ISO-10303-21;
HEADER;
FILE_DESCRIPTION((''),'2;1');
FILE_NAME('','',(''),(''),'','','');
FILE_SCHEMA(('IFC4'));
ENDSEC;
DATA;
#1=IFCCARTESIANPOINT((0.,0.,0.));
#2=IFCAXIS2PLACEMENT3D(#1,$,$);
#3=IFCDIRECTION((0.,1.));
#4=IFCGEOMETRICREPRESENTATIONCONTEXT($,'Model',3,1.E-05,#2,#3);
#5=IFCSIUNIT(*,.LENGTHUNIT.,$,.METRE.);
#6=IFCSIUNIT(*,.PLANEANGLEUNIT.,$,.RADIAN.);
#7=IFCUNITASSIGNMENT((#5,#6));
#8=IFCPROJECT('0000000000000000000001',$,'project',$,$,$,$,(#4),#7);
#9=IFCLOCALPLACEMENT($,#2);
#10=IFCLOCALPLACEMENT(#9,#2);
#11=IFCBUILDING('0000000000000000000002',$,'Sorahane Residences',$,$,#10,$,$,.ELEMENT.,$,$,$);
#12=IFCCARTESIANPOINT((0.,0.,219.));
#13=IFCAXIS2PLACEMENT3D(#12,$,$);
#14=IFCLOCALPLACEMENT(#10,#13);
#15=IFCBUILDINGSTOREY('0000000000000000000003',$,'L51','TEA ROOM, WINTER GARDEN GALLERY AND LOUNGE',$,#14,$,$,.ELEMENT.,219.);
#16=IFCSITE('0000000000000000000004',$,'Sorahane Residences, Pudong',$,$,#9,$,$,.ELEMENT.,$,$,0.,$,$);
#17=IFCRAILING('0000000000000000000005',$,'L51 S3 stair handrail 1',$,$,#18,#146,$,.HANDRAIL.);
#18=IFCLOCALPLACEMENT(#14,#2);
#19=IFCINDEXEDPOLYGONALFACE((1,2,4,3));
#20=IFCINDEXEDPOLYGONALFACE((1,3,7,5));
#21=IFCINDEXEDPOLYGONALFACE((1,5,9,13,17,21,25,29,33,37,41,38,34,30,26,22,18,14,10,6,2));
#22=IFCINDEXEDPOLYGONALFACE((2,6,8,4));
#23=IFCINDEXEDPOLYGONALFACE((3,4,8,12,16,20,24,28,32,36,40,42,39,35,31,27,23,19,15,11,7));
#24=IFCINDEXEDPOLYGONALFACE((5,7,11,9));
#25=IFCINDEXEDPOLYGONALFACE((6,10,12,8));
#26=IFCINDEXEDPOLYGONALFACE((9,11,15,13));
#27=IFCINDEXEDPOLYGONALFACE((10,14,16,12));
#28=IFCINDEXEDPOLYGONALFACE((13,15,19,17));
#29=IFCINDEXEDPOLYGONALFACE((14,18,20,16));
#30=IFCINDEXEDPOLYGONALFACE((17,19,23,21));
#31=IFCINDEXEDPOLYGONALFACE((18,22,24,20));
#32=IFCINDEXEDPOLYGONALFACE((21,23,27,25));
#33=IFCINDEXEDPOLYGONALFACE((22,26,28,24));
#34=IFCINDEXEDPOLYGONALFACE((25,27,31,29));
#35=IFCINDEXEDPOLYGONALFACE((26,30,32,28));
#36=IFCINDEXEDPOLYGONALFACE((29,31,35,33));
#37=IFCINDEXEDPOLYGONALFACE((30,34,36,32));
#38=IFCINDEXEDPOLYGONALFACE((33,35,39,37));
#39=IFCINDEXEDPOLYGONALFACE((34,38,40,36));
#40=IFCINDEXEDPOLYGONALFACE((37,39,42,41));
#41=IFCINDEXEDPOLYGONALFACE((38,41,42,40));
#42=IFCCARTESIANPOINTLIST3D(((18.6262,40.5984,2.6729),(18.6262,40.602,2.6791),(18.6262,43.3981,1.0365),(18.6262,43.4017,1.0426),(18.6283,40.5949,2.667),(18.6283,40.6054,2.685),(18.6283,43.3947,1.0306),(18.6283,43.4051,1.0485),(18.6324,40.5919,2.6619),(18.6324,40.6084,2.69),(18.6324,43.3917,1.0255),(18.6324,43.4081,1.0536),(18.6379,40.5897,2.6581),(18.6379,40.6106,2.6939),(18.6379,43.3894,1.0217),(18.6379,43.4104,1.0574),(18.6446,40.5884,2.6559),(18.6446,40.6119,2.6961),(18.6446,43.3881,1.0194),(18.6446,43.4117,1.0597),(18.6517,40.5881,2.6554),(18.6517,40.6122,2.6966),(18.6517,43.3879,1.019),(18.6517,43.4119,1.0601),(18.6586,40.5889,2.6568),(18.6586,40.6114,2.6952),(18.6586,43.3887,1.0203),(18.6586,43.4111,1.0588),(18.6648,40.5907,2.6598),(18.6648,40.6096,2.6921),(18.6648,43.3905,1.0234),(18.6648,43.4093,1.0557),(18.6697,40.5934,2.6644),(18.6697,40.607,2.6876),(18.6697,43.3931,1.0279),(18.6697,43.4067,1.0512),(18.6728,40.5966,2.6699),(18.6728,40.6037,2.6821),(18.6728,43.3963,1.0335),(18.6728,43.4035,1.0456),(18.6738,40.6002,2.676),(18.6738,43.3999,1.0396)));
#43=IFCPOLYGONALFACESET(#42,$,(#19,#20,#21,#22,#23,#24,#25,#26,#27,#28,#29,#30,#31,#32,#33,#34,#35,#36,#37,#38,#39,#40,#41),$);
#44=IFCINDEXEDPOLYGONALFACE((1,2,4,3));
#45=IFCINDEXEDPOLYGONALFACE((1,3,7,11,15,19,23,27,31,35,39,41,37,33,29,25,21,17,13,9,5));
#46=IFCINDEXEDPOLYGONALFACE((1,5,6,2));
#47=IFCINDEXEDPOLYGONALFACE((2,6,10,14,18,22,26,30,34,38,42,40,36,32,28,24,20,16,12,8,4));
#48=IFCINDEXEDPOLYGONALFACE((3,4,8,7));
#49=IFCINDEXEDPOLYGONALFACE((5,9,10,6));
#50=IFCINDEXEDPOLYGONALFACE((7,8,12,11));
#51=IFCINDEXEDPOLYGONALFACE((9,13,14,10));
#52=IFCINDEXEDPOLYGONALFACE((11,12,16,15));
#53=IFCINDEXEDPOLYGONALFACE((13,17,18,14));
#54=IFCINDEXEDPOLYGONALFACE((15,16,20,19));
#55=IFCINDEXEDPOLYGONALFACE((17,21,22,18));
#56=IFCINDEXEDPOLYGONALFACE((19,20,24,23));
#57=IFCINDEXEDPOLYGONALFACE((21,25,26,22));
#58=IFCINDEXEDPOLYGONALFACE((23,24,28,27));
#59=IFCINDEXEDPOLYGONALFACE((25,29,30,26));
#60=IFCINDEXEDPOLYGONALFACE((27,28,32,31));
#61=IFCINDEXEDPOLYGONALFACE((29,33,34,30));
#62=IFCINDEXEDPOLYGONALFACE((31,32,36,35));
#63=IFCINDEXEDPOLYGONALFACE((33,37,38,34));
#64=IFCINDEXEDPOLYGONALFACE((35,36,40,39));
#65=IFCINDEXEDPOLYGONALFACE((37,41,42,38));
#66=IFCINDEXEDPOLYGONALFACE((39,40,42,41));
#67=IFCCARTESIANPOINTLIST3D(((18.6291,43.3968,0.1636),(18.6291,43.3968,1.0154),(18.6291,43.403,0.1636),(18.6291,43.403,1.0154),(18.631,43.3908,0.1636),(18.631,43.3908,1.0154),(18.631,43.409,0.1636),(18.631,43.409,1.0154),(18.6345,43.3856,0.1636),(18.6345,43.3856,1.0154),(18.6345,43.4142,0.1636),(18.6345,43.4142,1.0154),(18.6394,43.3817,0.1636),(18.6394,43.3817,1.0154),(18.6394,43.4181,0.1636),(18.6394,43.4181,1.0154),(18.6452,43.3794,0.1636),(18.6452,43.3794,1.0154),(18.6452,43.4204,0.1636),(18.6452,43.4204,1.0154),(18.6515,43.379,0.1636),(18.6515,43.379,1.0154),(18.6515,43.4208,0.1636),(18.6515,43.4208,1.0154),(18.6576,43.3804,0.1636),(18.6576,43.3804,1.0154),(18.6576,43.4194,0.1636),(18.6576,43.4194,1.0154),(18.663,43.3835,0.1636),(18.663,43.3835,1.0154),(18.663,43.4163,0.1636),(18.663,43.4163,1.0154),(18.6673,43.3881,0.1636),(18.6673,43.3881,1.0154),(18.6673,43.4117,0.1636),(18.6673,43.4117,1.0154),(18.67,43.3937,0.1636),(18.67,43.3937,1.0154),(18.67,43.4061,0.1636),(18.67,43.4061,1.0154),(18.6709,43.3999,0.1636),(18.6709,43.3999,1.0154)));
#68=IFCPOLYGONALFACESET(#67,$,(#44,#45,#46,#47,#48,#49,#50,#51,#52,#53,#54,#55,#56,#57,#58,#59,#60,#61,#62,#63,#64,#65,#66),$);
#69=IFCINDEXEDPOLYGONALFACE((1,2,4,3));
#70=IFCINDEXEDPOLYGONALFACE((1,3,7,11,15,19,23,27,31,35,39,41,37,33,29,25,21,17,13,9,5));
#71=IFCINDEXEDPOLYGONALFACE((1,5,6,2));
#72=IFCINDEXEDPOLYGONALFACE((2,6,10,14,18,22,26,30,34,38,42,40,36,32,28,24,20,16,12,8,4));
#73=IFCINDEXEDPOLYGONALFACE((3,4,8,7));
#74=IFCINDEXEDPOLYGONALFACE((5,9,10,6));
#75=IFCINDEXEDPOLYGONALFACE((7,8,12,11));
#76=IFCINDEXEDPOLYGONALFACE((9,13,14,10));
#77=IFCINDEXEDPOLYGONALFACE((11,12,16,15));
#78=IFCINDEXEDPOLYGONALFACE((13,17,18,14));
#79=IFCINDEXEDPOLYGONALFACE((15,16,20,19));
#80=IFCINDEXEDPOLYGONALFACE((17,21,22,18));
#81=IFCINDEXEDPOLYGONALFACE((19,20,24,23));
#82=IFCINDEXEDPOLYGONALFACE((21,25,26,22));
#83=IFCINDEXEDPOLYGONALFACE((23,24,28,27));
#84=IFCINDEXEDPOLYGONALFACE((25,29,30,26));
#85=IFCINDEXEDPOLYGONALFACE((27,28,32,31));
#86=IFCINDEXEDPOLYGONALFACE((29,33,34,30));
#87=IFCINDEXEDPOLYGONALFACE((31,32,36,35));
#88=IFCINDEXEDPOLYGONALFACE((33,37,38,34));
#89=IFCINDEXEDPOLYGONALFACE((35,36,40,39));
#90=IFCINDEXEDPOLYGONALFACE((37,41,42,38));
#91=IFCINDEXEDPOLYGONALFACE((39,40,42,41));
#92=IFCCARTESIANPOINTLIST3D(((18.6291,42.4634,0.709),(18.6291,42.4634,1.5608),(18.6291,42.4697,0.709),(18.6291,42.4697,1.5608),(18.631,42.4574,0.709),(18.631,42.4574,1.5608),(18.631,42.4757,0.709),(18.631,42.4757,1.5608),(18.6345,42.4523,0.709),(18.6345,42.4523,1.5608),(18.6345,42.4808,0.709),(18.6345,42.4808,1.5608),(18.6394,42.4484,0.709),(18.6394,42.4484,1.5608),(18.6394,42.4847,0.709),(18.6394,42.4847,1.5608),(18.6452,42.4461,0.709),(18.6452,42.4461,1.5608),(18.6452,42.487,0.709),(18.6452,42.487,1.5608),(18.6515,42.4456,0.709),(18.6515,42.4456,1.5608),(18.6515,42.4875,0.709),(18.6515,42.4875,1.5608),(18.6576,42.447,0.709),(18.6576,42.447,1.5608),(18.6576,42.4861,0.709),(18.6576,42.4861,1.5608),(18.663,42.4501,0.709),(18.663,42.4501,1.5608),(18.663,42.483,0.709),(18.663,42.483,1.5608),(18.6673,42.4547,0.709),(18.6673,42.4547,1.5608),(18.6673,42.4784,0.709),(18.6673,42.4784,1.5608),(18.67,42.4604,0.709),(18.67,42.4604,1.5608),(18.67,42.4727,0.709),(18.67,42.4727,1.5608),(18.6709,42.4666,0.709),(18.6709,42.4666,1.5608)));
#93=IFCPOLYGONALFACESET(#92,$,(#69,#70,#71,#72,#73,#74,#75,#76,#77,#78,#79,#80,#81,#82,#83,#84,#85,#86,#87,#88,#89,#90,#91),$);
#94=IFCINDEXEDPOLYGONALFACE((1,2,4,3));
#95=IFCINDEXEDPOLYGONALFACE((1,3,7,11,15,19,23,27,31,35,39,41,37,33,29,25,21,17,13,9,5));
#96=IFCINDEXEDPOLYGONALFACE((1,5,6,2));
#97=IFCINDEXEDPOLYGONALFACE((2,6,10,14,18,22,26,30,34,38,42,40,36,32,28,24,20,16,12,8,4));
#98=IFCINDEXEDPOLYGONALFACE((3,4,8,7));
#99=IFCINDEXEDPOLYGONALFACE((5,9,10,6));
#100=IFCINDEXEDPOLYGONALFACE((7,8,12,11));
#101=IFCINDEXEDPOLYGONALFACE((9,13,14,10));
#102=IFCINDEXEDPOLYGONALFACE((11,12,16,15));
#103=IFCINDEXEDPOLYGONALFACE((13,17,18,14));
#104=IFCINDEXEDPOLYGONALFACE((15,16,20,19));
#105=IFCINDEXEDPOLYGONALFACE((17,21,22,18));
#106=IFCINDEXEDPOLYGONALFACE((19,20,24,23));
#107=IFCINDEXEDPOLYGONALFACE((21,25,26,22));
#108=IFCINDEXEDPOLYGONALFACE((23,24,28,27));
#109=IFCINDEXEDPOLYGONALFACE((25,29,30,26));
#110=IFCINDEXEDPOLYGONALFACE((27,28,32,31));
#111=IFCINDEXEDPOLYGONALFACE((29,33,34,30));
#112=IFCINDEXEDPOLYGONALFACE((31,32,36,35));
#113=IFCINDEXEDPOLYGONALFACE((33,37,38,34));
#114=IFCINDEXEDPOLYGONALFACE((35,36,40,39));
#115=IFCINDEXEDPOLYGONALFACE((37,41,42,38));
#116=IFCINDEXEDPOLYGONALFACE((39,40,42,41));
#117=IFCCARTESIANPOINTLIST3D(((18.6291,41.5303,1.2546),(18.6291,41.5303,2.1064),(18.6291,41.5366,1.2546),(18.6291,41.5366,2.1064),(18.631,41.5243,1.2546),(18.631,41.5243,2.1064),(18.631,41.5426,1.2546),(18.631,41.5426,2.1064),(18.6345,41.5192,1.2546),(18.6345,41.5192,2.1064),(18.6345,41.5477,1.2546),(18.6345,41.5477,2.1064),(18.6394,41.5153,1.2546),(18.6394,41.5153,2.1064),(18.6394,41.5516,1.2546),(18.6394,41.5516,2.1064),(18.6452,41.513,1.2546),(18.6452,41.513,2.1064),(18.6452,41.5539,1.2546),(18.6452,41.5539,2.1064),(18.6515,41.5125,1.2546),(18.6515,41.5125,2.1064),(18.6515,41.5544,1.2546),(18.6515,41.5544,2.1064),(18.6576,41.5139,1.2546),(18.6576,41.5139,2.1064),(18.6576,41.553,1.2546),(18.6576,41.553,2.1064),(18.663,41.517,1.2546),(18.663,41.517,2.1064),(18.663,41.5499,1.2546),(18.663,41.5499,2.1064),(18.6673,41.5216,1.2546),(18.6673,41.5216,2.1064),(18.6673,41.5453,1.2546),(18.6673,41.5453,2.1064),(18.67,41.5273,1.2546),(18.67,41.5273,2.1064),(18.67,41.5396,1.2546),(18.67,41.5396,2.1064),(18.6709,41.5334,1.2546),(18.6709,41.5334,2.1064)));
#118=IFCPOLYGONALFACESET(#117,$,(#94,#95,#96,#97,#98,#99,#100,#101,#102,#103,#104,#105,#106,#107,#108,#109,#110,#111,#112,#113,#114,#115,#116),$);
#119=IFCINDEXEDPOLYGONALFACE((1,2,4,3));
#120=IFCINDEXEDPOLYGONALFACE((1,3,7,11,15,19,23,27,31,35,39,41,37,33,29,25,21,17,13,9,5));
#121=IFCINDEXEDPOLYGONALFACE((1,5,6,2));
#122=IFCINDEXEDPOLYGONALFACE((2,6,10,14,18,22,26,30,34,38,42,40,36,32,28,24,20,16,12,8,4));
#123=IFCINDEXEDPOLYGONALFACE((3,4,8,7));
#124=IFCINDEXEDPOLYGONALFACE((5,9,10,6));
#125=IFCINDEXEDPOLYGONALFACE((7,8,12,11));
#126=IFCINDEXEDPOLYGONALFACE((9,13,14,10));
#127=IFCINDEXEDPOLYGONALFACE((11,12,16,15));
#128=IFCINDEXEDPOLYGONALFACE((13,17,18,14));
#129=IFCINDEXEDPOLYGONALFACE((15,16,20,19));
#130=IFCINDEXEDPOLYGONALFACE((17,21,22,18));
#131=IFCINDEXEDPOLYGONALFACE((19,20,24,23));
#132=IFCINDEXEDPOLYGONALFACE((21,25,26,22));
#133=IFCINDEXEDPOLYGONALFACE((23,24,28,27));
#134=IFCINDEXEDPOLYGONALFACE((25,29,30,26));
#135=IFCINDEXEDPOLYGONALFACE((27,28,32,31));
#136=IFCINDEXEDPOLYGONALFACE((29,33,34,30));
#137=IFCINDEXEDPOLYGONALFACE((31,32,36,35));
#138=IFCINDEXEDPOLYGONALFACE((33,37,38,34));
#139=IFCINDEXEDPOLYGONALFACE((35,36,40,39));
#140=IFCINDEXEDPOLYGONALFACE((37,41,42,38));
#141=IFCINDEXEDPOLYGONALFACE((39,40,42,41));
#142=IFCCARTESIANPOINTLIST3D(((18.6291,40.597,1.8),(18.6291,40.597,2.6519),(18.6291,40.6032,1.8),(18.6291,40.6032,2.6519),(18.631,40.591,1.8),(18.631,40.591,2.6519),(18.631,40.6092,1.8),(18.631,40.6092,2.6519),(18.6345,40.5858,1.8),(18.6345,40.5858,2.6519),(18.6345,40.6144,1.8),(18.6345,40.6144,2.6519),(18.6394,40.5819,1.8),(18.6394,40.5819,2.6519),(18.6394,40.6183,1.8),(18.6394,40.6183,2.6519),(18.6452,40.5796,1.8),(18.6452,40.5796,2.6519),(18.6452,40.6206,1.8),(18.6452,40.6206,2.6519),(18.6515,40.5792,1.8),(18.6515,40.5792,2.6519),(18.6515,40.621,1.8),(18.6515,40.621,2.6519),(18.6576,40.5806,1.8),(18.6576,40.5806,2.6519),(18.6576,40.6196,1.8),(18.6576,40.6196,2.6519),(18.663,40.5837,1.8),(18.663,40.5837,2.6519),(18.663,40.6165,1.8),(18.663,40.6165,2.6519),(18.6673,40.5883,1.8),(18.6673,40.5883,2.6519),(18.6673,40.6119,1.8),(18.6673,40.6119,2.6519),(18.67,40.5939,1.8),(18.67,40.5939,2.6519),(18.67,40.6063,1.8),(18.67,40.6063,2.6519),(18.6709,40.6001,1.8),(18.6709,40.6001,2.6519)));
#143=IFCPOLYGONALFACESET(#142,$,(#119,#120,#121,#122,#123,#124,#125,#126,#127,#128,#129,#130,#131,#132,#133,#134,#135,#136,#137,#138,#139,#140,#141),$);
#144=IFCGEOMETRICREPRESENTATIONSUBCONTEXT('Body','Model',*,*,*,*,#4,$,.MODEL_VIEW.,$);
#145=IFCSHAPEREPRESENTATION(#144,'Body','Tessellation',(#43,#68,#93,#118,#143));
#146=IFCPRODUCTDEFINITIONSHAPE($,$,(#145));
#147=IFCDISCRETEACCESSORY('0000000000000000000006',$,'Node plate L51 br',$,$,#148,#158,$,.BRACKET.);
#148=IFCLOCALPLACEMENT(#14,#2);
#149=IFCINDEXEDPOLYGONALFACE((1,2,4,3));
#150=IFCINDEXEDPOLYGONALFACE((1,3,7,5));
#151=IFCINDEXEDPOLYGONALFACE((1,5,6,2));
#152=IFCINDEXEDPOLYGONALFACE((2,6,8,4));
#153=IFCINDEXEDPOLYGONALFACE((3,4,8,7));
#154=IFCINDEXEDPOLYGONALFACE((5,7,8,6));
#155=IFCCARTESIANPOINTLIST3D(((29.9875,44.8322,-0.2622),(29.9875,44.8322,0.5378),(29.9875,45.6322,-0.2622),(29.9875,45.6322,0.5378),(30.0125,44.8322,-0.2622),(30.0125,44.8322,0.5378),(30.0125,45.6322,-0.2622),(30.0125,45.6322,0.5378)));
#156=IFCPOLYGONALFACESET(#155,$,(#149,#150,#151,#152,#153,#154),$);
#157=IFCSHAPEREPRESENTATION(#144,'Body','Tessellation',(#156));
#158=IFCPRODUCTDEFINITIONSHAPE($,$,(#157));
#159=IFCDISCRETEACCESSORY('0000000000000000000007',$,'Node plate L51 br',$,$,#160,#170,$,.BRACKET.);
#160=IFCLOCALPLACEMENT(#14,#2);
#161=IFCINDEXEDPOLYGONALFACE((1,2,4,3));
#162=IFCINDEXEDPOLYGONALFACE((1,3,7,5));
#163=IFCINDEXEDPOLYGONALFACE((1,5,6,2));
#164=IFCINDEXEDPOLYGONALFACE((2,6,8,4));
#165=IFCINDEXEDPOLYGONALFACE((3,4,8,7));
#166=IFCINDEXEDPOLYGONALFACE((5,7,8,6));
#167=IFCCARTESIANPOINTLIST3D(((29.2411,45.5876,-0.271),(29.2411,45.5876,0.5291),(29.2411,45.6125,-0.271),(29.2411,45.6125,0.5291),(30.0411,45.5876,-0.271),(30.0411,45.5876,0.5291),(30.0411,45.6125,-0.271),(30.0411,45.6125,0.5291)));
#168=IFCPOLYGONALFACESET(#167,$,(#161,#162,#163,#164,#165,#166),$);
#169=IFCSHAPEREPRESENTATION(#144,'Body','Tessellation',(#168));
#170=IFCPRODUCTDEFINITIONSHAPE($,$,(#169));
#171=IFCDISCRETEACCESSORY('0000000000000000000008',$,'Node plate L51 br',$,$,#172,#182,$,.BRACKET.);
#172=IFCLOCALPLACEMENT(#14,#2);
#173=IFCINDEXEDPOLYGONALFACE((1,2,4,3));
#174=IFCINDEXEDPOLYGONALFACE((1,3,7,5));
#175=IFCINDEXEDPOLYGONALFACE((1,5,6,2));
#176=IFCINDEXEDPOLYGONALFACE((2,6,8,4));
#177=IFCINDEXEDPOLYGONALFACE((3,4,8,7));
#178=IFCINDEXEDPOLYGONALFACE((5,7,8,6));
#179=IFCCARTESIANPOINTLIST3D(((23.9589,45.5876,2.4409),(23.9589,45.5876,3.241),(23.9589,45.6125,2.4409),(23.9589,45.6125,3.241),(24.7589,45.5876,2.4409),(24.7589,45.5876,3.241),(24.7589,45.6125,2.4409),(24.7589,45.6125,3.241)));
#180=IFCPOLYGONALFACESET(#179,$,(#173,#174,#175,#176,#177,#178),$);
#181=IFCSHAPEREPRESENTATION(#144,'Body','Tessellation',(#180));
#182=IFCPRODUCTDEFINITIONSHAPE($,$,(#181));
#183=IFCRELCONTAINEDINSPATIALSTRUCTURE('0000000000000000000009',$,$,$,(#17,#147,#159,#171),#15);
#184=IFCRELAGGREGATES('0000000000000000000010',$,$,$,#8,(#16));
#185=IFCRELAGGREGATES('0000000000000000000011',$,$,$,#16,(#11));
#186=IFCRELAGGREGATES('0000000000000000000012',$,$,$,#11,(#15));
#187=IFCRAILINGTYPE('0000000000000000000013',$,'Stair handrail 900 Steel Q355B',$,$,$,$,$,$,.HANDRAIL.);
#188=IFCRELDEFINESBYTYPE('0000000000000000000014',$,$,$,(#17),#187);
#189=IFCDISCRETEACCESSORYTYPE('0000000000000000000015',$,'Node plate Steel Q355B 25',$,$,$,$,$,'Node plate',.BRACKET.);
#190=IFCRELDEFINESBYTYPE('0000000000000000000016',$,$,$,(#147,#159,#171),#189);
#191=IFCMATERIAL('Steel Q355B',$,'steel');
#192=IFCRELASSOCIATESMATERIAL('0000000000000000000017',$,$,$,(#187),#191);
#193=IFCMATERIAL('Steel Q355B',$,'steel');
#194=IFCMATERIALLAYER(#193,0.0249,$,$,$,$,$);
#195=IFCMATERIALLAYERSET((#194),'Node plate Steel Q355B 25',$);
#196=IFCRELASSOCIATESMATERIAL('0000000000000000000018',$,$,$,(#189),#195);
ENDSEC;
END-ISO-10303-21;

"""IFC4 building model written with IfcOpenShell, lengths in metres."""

from ifc_helpers import new_model, si_unit, direction, frame, origin, origin_2d, place, context, subcontext, project, spatial, rectangle, circle, extrude, material, layer, layer_set, type_object, element, save


model = new_model("IFC4")

# Units and contexts
model_context = context("Model", 3, precision=1e-05, world=origin(), true_north=direction((0.0, 1.0)))
body_context = subcontext(model_context, "Body", "Model", "MODEL_VIEW")
ifc_project = project(units=[si_unit("LENGTHUNIT", "METRE"), si_unit("PLANEANGLEUNIT", "RADIAN")], contexts=[model_context])

# Site, building, storey
site_placement = place(None, origin())
site = spatial("IfcSite", under=ifc_project, at=site_placement, Name="Sorahane Residences, Pudong", CompositionType="ELEMENT", RefElevation=0.0)
building_placement = place(site_placement, origin())
building = spatial("IfcBuilding", under=site, at=building_placement, Name="Sorahane Residences", CompositionType="ELEMENT")
storey_placement = place(building_placement, frame((0.0, 0.0, 219.0)))
storey = spatial("IfcBuildingStorey", under=building, at=storey_placement, Name="L51", Description="TEA ROOM, WINTER GARDEN GALLERY AND LOUNGE", CompositionType="ELEMENT", Elevation=219.0)

# Railing
ifc_material_1 = material(Name="Steel Q355B", Category="steel")
railing_type_1 = type_object("IfcRailingType", Name="Stair handrail 900 Steel Q355B", PredefinedType="HANDRAIL", material=ifc_material_1)
railing_1_placement = place(storey_placement, frame((18.6499, 43.3999, 0.1636)))
element("IfcRailing", 1, at=railing_1_placement, inside=storey, type_object=railing_type_1, Name="L51 S3 stair handrail 1", PredefinedType="HANDRAIL", context=body_context, shape_type="SweptSolid", body=[
    extrude(circle(Radius=0.0239, at=origin_2d()), frame((0.0, 0.0, 0.876), z_axis=(0.0, -0.863342, 0.50462), x_axis=(1.0, 0.0, 0.0)), (0.0, 0.0, 1.0), 3.2429),
    extrude(circle(Radius=0.021, at=origin_2d()), origin(), (0.0, 0.0, 1.0), 0.8518),
    extrude(circle(Radius=0.021, at=origin_2d()), frame((0.0, -0.9333, 0.5454)), (0.0, 0.0, 1.0), 0.8518),
    extrude(circle(Radius=0.021, at=origin_2d()), frame((0.0, -1.8665, 1.0911)), (0.0, 0.0, 1.0), 0.8518),
    extrude(circle(Radius=0.021, at=origin_2d()), frame((0.0, -2.7998, 1.6365)), (0.0, 0.0, 1.0), 0.8518),
])

# Discrete accessories
ifc_material_2 = material(Name="Steel Q355B", Category="steel")
ifc_layer_1 = layer(ifc_material_2, 0.0249)
ifc_layer_set_1 = layer_set([ifc_layer_1], Name="Node plate Steel Q355B 25")
discrete_accessory_type = type_object("IfcDiscreteAccessoryType", Name="Node plate Steel Q355B 25", ElementType="Node plate", PredefinedType="BRACKET", material=ifc_layer_set_1)
for number, where, z_axis, x_axis, name in (
    (2, (30.0, 45.2322, -0.2622), (0.0, 0.0, 1.0), (0.0, 1.0, 0.0), "Node plate L51 br"),
    (3, (29.6411, 45.6001, -0.271), (0.0, 0.0, 1.0), (1.0, 0.0, 0.0), "Node plate L51 br"),
    (4, (24.3589, 45.6001, 2.4409), (0.0, 0.0, 1.0), (1.0, 0.0, 0.0), "Node plate L51 br"),
):
    element("IfcDiscreteAccessory", number, at=place(storey_placement, frame(where, z_axis=z_axis, x_axis=x_axis)), inside=storey, type_object=discrete_accessory_type, Name=name, PredefinedType="BRACKET", context=body_context, shape_type="SweptSolid", body=[
        extrude(rectangle(XDim=0.8, YDim=0.0249, at=origin_2d()), origin(), (0.0, 0.0, 1.0), 0.8),
    ])

save(model, "model.ifc")
